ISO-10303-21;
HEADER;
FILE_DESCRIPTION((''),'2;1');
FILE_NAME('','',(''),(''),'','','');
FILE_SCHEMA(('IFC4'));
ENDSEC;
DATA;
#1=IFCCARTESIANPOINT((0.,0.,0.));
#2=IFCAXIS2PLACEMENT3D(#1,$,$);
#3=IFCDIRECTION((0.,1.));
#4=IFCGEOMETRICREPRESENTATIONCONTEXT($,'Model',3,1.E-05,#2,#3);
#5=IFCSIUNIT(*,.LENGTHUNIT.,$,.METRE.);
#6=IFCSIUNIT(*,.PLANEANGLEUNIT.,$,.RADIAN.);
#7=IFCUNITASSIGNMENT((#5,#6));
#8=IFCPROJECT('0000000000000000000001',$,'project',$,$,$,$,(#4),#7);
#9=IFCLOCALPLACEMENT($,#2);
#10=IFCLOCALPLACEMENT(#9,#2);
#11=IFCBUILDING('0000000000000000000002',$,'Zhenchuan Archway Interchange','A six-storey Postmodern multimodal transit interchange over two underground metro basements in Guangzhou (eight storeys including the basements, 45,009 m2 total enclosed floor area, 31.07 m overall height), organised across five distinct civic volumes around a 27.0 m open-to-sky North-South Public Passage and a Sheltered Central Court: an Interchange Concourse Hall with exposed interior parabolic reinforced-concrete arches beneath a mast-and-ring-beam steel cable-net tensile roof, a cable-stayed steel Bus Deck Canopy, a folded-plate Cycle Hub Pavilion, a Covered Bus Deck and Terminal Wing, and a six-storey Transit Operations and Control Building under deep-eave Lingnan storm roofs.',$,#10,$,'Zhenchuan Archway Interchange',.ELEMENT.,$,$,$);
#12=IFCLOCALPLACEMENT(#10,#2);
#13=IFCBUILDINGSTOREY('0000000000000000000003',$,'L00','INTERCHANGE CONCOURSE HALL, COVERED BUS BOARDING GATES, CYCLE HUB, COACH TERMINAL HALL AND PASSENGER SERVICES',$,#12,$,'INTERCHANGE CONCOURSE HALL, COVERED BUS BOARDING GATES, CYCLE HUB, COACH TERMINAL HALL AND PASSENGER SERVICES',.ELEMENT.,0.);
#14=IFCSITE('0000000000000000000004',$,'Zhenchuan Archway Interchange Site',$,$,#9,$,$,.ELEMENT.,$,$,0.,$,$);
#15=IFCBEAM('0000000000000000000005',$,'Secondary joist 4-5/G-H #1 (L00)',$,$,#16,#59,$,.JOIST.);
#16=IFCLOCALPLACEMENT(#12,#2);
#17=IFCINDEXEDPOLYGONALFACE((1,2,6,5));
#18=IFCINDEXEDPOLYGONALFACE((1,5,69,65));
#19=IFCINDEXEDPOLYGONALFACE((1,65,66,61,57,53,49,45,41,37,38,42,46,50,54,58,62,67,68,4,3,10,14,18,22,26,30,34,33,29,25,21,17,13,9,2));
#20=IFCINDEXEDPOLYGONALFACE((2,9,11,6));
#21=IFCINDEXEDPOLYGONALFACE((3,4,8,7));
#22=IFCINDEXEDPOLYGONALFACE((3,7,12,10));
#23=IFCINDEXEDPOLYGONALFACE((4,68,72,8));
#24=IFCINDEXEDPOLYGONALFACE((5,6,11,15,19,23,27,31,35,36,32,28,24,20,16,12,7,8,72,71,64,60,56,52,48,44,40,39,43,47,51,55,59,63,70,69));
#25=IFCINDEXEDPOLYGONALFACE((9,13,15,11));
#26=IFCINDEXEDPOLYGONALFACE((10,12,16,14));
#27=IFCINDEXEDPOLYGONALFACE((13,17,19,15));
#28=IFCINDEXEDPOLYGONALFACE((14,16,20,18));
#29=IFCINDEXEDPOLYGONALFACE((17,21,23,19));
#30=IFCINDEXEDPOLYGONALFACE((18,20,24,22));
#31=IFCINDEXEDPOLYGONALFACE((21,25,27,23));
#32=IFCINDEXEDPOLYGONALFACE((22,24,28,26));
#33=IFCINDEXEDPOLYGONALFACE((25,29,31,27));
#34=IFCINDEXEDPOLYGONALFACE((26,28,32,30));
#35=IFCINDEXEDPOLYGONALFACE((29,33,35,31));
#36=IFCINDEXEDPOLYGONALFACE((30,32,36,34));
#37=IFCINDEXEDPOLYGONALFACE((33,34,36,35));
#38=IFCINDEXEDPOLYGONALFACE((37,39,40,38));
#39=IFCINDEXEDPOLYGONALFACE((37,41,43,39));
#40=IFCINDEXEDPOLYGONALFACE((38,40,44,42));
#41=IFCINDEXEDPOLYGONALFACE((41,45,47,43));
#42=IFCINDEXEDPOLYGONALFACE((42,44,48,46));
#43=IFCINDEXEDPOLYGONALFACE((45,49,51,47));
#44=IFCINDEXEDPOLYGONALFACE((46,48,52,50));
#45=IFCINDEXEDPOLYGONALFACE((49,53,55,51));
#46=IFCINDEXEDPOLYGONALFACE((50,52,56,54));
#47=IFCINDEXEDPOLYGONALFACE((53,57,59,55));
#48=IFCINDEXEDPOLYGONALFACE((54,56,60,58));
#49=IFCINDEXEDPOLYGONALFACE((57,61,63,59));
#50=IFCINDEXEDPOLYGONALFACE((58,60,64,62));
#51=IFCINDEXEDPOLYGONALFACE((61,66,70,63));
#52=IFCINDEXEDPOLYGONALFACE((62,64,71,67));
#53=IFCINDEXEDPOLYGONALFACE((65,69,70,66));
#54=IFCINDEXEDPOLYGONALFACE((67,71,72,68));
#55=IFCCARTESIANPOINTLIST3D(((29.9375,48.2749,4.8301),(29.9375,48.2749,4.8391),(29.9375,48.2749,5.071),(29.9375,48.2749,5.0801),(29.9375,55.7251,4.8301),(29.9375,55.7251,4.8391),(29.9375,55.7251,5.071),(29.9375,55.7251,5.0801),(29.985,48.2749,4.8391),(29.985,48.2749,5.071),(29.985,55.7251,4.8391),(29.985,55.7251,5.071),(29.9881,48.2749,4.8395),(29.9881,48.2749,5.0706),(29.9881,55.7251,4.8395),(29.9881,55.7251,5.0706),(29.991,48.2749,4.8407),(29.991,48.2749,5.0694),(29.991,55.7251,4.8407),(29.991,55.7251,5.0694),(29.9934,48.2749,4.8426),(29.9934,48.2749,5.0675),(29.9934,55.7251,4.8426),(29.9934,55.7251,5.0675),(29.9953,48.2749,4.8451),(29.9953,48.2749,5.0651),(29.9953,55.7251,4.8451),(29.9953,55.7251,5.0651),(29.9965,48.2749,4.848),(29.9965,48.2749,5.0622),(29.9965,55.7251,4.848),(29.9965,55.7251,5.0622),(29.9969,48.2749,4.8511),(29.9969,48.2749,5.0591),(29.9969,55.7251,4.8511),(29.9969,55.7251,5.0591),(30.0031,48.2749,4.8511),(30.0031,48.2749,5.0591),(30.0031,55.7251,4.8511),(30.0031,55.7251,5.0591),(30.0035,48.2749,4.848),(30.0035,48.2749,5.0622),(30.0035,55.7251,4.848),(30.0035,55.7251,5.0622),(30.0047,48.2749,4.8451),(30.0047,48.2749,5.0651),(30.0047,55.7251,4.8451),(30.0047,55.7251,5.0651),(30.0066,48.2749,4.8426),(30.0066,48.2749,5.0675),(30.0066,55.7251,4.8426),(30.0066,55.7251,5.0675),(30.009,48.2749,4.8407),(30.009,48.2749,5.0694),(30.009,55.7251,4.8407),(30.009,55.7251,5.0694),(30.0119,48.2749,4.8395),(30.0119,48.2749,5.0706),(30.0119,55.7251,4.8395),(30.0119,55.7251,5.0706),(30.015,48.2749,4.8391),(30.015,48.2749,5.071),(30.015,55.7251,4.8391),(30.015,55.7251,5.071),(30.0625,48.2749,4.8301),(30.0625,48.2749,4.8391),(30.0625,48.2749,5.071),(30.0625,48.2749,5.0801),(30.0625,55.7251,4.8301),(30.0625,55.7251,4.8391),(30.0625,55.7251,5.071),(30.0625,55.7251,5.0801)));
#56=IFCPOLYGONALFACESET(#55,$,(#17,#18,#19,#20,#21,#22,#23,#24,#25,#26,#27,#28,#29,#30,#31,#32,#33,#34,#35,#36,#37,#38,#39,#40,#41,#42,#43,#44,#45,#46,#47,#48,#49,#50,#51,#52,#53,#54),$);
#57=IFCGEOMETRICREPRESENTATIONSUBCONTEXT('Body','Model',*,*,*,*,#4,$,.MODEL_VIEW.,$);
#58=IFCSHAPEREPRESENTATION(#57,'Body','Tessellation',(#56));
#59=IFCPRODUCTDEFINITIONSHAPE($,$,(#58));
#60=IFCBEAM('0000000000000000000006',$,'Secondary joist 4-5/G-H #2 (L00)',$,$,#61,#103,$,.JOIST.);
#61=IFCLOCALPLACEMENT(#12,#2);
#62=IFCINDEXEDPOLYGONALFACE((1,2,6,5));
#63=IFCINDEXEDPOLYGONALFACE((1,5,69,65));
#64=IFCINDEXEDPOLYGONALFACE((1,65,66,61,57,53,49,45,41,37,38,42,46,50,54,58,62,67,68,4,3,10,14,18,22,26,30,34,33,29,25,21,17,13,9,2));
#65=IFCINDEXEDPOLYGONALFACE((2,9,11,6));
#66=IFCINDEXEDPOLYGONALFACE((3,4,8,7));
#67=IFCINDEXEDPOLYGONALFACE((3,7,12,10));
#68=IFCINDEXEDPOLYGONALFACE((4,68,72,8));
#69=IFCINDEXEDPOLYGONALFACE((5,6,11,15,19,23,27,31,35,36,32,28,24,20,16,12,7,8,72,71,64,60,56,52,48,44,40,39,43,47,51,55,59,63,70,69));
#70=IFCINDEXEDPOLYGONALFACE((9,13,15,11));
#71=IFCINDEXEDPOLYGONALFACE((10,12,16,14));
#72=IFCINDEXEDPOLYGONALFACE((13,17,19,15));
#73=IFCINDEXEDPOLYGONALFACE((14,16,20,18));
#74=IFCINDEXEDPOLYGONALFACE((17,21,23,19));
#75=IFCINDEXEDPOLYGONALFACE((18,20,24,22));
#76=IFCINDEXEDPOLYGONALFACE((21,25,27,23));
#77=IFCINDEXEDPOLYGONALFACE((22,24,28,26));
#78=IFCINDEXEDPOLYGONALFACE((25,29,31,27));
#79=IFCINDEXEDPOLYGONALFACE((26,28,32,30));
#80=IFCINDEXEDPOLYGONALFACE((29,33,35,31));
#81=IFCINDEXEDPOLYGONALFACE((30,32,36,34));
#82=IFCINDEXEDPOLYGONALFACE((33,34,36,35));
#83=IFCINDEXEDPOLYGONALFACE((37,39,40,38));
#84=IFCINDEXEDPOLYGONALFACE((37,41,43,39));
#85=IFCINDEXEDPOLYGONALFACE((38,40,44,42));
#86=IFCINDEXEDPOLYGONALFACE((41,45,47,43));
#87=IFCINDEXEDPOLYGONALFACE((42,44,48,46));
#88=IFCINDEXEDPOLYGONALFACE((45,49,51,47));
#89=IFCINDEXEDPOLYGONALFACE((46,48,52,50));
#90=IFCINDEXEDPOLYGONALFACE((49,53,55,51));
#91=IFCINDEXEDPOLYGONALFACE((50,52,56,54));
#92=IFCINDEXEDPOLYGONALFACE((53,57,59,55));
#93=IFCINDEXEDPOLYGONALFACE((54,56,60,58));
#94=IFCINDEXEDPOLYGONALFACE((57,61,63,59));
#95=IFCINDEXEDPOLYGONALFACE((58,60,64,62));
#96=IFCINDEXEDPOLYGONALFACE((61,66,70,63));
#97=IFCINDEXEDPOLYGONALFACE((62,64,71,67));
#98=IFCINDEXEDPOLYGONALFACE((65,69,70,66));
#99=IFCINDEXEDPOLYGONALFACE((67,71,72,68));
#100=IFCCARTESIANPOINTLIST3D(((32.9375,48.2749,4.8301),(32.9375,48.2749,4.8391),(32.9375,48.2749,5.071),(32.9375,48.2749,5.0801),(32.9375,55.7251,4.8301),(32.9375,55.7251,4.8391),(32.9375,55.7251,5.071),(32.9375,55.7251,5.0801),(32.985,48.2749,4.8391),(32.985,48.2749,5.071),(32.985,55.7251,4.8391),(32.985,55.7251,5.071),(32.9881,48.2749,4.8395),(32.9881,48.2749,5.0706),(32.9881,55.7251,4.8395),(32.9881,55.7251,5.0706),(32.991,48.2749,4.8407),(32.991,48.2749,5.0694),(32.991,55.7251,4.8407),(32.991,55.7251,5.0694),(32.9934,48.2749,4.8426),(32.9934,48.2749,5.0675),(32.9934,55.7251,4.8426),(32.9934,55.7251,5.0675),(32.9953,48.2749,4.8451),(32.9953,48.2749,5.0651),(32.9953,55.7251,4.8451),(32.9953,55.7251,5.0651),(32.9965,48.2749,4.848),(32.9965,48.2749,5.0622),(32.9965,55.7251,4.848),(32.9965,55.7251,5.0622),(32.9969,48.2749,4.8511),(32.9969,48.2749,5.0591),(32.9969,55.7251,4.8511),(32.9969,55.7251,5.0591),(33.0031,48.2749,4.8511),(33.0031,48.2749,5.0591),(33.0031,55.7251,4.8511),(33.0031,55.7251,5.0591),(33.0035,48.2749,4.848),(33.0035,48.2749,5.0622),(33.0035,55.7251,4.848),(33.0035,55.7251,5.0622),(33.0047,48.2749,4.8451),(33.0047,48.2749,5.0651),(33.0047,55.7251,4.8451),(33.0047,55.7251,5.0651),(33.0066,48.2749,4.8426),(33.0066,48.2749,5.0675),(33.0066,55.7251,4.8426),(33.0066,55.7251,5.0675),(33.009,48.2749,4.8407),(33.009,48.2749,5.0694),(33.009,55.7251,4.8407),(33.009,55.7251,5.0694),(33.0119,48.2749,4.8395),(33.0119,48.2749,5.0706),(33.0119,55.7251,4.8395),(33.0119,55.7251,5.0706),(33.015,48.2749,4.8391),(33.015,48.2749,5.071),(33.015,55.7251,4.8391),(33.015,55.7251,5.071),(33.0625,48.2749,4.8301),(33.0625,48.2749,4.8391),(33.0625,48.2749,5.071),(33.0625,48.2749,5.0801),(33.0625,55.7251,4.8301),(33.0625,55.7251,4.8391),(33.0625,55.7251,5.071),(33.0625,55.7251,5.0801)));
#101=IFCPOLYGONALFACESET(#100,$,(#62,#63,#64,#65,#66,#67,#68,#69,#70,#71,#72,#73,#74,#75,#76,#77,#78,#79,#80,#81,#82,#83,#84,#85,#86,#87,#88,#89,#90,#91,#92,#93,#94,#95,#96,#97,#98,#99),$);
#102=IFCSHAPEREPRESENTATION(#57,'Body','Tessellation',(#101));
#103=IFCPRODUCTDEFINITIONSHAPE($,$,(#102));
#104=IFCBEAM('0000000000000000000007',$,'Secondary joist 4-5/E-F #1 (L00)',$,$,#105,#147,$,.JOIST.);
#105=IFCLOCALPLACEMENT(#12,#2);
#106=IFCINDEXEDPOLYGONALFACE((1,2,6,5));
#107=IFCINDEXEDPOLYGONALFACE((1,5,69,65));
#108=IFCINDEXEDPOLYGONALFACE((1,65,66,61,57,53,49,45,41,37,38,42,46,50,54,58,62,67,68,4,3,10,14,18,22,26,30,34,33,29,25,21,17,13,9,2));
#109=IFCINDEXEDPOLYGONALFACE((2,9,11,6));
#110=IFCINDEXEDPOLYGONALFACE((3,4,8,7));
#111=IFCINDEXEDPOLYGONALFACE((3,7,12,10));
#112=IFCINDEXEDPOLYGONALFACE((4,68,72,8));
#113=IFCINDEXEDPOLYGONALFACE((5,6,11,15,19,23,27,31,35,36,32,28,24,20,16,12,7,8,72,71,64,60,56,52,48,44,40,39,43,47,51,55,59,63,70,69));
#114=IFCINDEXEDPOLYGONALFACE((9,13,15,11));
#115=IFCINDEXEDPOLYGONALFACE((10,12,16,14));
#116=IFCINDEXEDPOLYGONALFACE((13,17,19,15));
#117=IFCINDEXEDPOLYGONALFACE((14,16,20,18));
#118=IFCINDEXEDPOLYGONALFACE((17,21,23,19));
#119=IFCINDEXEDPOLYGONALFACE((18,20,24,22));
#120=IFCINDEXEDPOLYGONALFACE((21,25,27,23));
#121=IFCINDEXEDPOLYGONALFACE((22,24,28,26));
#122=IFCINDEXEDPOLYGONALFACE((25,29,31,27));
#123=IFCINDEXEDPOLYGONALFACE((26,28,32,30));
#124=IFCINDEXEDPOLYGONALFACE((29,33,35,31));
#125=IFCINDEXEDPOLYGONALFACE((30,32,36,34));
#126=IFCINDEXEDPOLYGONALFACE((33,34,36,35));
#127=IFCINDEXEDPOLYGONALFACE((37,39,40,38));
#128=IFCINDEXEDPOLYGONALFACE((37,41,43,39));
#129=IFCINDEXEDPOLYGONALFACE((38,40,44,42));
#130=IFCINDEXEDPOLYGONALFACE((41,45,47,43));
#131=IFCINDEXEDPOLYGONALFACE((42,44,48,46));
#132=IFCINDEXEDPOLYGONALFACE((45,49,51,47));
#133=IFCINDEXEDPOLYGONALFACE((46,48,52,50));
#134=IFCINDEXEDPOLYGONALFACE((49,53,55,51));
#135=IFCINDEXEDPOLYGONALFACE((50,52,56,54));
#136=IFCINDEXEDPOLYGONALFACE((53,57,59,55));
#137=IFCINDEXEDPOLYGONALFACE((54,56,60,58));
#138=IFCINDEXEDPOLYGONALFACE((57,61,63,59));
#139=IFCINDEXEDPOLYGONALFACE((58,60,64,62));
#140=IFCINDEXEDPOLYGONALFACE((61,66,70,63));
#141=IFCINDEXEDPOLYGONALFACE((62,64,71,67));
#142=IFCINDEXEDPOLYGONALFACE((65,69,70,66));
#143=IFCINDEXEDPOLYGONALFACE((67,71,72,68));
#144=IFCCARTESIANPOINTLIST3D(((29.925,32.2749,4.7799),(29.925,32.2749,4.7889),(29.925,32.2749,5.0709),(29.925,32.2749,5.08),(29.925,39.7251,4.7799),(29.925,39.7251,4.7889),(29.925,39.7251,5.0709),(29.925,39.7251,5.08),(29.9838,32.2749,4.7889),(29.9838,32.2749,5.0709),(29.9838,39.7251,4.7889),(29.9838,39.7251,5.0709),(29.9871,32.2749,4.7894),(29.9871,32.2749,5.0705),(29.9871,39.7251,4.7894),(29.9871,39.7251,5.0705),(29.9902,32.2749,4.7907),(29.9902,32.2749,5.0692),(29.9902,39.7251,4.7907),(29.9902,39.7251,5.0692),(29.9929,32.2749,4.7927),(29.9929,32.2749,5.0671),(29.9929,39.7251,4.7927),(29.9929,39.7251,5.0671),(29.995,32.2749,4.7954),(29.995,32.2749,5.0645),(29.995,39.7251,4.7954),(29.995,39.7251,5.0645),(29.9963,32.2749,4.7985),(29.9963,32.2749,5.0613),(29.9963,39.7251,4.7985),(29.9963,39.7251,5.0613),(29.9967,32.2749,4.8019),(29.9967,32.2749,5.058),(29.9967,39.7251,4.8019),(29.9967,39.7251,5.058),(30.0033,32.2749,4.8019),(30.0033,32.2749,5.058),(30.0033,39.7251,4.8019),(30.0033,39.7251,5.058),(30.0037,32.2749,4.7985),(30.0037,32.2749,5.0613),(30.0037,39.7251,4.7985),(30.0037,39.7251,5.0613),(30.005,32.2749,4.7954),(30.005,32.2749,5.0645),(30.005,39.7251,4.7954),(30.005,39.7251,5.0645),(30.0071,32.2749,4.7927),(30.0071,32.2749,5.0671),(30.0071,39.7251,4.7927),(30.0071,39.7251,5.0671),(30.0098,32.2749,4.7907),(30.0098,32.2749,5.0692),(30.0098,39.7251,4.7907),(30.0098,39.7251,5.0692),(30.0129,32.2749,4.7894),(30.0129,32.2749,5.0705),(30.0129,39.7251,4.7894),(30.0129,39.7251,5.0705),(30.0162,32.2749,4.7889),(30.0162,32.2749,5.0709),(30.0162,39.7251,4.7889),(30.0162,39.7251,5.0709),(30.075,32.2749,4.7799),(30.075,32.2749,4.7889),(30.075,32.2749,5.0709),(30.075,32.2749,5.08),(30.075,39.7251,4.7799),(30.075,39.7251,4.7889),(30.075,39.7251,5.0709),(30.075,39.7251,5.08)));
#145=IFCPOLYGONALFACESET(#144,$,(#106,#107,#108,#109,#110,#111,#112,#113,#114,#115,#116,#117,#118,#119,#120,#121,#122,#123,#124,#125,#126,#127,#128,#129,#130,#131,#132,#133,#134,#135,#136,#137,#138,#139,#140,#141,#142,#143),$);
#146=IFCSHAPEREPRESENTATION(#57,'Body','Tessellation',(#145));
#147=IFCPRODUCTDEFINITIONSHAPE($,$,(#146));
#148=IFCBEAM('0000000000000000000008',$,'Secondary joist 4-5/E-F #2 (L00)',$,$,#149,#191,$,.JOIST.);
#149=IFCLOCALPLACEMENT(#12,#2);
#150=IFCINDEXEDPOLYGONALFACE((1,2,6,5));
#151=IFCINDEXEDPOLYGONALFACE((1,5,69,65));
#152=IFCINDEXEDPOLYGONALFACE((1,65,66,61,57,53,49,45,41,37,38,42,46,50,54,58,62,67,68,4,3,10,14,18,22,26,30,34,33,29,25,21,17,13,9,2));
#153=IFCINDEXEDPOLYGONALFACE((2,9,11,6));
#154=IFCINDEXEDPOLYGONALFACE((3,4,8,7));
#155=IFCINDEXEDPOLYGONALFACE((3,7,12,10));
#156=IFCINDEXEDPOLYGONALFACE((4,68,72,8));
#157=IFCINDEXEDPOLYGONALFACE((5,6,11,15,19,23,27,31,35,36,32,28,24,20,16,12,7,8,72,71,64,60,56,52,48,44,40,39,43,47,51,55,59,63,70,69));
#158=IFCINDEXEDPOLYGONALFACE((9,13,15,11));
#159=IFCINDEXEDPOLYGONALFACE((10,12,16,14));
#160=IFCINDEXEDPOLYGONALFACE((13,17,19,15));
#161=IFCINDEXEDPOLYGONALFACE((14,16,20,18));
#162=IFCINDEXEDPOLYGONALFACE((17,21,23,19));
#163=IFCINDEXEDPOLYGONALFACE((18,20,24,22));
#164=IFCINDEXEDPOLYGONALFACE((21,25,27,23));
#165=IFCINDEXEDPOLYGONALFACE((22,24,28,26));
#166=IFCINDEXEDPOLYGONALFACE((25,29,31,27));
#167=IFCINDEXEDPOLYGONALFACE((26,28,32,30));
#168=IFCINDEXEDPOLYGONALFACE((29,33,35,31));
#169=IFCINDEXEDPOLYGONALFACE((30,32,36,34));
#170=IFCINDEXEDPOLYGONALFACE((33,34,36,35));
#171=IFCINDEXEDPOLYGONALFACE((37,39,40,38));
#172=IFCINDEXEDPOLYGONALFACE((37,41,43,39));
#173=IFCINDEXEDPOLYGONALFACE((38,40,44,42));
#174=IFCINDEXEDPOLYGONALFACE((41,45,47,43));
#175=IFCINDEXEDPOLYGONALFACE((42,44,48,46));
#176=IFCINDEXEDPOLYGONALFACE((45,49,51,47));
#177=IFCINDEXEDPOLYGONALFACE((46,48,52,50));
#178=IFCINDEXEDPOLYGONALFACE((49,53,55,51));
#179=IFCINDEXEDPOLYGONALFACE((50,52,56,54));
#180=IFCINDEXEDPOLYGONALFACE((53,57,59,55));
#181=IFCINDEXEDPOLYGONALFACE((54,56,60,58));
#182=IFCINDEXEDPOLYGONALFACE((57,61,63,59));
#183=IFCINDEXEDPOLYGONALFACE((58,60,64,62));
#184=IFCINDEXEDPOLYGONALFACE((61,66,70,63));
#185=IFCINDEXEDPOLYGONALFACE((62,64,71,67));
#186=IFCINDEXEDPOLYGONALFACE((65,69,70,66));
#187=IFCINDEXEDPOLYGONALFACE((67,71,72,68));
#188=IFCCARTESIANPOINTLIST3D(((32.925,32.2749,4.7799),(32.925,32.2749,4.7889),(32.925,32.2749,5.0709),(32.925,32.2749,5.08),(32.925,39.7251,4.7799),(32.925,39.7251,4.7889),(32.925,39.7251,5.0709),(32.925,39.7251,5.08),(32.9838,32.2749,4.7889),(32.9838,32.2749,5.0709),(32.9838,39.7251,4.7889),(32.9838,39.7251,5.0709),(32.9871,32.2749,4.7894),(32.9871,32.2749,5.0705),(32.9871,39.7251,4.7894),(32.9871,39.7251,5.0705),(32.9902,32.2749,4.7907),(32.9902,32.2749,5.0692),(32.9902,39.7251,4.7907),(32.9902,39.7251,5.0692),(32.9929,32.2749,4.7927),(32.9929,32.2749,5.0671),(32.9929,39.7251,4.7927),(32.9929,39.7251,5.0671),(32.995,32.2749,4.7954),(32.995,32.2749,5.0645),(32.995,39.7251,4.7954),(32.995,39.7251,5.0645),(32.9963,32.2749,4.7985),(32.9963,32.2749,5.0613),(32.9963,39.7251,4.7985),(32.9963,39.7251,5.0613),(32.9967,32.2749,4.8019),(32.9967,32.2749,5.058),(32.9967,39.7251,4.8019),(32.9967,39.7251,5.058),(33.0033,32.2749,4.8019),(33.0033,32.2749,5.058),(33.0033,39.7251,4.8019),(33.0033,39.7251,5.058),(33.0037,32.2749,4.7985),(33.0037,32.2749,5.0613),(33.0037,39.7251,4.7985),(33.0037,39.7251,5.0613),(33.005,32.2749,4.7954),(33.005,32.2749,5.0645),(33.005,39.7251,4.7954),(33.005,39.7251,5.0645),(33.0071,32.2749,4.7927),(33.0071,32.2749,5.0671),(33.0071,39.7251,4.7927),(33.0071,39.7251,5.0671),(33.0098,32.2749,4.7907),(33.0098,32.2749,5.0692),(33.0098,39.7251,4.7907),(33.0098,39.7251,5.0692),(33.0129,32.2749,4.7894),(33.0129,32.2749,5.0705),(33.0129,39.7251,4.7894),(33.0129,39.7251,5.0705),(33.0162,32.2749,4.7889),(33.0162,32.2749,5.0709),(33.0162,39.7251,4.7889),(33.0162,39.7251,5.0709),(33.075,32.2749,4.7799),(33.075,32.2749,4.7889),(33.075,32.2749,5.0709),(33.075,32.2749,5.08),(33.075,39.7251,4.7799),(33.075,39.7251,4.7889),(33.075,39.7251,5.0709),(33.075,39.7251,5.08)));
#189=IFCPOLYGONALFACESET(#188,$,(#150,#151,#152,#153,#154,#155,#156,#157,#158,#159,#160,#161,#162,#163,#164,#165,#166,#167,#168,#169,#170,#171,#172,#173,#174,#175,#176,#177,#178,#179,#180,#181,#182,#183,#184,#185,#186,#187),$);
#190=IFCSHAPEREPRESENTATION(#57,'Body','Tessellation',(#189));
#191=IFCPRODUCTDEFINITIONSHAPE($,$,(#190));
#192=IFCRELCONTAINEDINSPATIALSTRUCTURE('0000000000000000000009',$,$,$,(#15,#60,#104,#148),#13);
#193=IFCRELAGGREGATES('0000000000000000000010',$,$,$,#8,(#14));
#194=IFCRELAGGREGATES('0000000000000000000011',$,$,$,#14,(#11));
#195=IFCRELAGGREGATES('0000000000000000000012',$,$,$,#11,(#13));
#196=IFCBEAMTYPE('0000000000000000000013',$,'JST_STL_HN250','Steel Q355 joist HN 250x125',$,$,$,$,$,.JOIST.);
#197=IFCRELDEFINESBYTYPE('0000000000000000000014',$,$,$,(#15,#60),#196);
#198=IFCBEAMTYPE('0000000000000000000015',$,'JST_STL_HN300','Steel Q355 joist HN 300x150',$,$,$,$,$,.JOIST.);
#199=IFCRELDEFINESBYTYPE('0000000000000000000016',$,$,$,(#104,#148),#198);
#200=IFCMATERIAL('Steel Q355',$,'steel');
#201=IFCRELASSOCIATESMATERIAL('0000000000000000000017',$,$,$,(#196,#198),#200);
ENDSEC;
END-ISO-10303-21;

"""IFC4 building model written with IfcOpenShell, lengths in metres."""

from ifc_helpers import new_model, si_unit, direction, frame, origin, origin_2d, place, context, subcontext, project, spatial, i_section, extrude, material, material_profile, profile_set, type_object, element, save


model = new_model("IFC4")

# Units and contexts
model_context = context("Model", 3, precision=1e-05, world=origin(), true_north=direction((0.0, 1.0)))
body_context = subcontext(model_context, "Body", "Model", "MODEL_VIEW")
ifc_project = project(units=[si_unit("LENGTHUNIT", "METRE"), si_unit("PLANEANGLEUNIT", "RADIAN")], contexts=[model_context])

# Site, building, storey
site_placement = place(None, origin())
site = spatial("IfcSite", under=ifc_project, at=site_placement, Name="Zhenchuan Archway Interchange Site", CompositionType="ELEMENT", RefElevation=0.0)
building_placement = place(site_placement, origin())
building = spatial("IfcBuilding", under=site, at=building_placement, Name="Zhenchuan Archway Interchange", Description="A six-storey Postmodern multimodal transit interchange over two underground metro basements in Guangzhou (eight storeys including the basements, 45,009 m2 total enclosed floor area, 31.07 m overall height), organised across five distinct civic volumes around a 27.0 m open-to-sky North-South Public Passage and a Sheltered Central Court: an Interchange Concourse Hall with exposed interior parabolic reinforced-concrete arches beneath a mast-and-ring-beam steel cable-net tensile roof, a cable-stayed steel Bus Deck Canopy, a folded-plate Cycle Hub Pavilion, a Covered Bus Deck and Terminal Wing, and a six-storey Transit Operations and Control Building under deep-eave Lingnan storm roofs.", LongName="Zhenchuan Archway Interchange", CompositionType="ELEMENT")
storey_placement = place(building_placement, origin())
storey = spatial("IfcBuildingStorey", under=building, at=storey_placement, Name="L00", Description="INTERCHANGE CONCOURSE HALL, COVERED BUS BOARDING GATES, CYCLE HUB, COACH TERMINAL HALL AND PASSENGER SERVICES", LongName="INTERCHANGE CONCOURSE HALL, COVERED BUS BOARDING GATES, CYCLE HUB, COACH TERMINAL HALL AND PASSENGER SERVICES", CompositionType="ELEMENT", Elevation=0.0)

# Beams
ifc_material_1 = material(Name="Steel Q355", Category="steel")
ifc_material_profile_1 = material_profile(ifc_material_1, i_section(OverallWidth=0.125, OverallDepth=0.25, WebThickness=0.0061, FlangeThickness=0.009, FilletRadius=0.012, at=origin_2d()), Name="HN 250x125")
ifc_profile_set_1 = profile_set([ifc_material_profile_1], Name="Steel Q355")
beam_type_1 = type_object("IfcBeamType", Name="JST_STL_HN250", Description="Steel Q355 joist HN 250x125", PredefinedType="JOIST", material=ifc_profile_set_1)
for number, where, z_axis, x_axis, name in (
    (1, (30.0, 48.2749, 4.9551), (0.0, 1.0, 0.0), (-1.0, 0.0, 0.0), "Secondary joist 4-5/G-H #1 (L00)"),
    (2, (33.0, 48.2749, 4.9551), (0.0, 1.0, 0.0), (-1.0, 0.0, 0.0), "Secondary joist 4-5/G-H #2 (L00)"),
):
    element("IfcBeam", number, at=place(storey_placement, frame(where, z_axis=z_axis, x_axis=x_axis)), inside=storey, type_object=beam_type_1, Name=name, PredefinedType="JOIST", context=body_context, shape_type="SweptSolid", body=[
        extrude(i_section(OverallWidth=0.125, OverallDepth=0.25, WebThickness=0.0061, FlangeThickness=0.009, FilletRadius=0.012, at=origin_2d()), origin(), (0.0, 0.0, 1.0), 7.4502),
    ])
ifc_material_profile_2 = material_profile(ifc_material_1, i_section(OverallWidth=0.1499, OverallDepth=0.3, WebThickness=0.0066, FlangeThickness=0.009, FilletRadius=0.0129, at=origin_2d()), Name="HN 300x150")
ifc_profile_set_2 = profile_set([ifc_material_profile_2], Name="Steel Q355")
beam_type_2 = type_object("IfcBeamType", Name="JST_STL_HN300", Description="Steel Q355 joist HN 300x150", PredefinedType="JOIST", material=ifc_profile_set_2)
for number, where, z_axis, x_axis, name in (
    (3, (30.0, 32.2749, 4.9299), (0.0, 1.0, 0.0), (-1.0, 0.0, 0.0), "Secondary joist 4-5/E-F #1 (L00)"),
    (4, (33.0, 32.2749, 4.9299), (0.0, 1.0, 0.0), (-1.0, 0.0, 0.0), "Secondary joist 4-5/E-F #2 (L00)"),
):
    element("IfcBeam", number, at=place(storey_placement, frame(where, z_axis=z_axis, x_axis=x_axis)), inside=storey, type_object=beam_type_2, Name=name, PredefinedType="JOIST", context=body_context, shape_type="SweptSolid", body=[
        extrude(i_section(OverallWidth=0.1499, OverallDepth=0.3, WebThickness=0.0066, FlangeThickness=0.009, FilletRadius=0.0129, at=origin_2d()), origin(), (0.0, 0.0, 1.0), 7.4502),
    ])

save(model, "model.ifc")
